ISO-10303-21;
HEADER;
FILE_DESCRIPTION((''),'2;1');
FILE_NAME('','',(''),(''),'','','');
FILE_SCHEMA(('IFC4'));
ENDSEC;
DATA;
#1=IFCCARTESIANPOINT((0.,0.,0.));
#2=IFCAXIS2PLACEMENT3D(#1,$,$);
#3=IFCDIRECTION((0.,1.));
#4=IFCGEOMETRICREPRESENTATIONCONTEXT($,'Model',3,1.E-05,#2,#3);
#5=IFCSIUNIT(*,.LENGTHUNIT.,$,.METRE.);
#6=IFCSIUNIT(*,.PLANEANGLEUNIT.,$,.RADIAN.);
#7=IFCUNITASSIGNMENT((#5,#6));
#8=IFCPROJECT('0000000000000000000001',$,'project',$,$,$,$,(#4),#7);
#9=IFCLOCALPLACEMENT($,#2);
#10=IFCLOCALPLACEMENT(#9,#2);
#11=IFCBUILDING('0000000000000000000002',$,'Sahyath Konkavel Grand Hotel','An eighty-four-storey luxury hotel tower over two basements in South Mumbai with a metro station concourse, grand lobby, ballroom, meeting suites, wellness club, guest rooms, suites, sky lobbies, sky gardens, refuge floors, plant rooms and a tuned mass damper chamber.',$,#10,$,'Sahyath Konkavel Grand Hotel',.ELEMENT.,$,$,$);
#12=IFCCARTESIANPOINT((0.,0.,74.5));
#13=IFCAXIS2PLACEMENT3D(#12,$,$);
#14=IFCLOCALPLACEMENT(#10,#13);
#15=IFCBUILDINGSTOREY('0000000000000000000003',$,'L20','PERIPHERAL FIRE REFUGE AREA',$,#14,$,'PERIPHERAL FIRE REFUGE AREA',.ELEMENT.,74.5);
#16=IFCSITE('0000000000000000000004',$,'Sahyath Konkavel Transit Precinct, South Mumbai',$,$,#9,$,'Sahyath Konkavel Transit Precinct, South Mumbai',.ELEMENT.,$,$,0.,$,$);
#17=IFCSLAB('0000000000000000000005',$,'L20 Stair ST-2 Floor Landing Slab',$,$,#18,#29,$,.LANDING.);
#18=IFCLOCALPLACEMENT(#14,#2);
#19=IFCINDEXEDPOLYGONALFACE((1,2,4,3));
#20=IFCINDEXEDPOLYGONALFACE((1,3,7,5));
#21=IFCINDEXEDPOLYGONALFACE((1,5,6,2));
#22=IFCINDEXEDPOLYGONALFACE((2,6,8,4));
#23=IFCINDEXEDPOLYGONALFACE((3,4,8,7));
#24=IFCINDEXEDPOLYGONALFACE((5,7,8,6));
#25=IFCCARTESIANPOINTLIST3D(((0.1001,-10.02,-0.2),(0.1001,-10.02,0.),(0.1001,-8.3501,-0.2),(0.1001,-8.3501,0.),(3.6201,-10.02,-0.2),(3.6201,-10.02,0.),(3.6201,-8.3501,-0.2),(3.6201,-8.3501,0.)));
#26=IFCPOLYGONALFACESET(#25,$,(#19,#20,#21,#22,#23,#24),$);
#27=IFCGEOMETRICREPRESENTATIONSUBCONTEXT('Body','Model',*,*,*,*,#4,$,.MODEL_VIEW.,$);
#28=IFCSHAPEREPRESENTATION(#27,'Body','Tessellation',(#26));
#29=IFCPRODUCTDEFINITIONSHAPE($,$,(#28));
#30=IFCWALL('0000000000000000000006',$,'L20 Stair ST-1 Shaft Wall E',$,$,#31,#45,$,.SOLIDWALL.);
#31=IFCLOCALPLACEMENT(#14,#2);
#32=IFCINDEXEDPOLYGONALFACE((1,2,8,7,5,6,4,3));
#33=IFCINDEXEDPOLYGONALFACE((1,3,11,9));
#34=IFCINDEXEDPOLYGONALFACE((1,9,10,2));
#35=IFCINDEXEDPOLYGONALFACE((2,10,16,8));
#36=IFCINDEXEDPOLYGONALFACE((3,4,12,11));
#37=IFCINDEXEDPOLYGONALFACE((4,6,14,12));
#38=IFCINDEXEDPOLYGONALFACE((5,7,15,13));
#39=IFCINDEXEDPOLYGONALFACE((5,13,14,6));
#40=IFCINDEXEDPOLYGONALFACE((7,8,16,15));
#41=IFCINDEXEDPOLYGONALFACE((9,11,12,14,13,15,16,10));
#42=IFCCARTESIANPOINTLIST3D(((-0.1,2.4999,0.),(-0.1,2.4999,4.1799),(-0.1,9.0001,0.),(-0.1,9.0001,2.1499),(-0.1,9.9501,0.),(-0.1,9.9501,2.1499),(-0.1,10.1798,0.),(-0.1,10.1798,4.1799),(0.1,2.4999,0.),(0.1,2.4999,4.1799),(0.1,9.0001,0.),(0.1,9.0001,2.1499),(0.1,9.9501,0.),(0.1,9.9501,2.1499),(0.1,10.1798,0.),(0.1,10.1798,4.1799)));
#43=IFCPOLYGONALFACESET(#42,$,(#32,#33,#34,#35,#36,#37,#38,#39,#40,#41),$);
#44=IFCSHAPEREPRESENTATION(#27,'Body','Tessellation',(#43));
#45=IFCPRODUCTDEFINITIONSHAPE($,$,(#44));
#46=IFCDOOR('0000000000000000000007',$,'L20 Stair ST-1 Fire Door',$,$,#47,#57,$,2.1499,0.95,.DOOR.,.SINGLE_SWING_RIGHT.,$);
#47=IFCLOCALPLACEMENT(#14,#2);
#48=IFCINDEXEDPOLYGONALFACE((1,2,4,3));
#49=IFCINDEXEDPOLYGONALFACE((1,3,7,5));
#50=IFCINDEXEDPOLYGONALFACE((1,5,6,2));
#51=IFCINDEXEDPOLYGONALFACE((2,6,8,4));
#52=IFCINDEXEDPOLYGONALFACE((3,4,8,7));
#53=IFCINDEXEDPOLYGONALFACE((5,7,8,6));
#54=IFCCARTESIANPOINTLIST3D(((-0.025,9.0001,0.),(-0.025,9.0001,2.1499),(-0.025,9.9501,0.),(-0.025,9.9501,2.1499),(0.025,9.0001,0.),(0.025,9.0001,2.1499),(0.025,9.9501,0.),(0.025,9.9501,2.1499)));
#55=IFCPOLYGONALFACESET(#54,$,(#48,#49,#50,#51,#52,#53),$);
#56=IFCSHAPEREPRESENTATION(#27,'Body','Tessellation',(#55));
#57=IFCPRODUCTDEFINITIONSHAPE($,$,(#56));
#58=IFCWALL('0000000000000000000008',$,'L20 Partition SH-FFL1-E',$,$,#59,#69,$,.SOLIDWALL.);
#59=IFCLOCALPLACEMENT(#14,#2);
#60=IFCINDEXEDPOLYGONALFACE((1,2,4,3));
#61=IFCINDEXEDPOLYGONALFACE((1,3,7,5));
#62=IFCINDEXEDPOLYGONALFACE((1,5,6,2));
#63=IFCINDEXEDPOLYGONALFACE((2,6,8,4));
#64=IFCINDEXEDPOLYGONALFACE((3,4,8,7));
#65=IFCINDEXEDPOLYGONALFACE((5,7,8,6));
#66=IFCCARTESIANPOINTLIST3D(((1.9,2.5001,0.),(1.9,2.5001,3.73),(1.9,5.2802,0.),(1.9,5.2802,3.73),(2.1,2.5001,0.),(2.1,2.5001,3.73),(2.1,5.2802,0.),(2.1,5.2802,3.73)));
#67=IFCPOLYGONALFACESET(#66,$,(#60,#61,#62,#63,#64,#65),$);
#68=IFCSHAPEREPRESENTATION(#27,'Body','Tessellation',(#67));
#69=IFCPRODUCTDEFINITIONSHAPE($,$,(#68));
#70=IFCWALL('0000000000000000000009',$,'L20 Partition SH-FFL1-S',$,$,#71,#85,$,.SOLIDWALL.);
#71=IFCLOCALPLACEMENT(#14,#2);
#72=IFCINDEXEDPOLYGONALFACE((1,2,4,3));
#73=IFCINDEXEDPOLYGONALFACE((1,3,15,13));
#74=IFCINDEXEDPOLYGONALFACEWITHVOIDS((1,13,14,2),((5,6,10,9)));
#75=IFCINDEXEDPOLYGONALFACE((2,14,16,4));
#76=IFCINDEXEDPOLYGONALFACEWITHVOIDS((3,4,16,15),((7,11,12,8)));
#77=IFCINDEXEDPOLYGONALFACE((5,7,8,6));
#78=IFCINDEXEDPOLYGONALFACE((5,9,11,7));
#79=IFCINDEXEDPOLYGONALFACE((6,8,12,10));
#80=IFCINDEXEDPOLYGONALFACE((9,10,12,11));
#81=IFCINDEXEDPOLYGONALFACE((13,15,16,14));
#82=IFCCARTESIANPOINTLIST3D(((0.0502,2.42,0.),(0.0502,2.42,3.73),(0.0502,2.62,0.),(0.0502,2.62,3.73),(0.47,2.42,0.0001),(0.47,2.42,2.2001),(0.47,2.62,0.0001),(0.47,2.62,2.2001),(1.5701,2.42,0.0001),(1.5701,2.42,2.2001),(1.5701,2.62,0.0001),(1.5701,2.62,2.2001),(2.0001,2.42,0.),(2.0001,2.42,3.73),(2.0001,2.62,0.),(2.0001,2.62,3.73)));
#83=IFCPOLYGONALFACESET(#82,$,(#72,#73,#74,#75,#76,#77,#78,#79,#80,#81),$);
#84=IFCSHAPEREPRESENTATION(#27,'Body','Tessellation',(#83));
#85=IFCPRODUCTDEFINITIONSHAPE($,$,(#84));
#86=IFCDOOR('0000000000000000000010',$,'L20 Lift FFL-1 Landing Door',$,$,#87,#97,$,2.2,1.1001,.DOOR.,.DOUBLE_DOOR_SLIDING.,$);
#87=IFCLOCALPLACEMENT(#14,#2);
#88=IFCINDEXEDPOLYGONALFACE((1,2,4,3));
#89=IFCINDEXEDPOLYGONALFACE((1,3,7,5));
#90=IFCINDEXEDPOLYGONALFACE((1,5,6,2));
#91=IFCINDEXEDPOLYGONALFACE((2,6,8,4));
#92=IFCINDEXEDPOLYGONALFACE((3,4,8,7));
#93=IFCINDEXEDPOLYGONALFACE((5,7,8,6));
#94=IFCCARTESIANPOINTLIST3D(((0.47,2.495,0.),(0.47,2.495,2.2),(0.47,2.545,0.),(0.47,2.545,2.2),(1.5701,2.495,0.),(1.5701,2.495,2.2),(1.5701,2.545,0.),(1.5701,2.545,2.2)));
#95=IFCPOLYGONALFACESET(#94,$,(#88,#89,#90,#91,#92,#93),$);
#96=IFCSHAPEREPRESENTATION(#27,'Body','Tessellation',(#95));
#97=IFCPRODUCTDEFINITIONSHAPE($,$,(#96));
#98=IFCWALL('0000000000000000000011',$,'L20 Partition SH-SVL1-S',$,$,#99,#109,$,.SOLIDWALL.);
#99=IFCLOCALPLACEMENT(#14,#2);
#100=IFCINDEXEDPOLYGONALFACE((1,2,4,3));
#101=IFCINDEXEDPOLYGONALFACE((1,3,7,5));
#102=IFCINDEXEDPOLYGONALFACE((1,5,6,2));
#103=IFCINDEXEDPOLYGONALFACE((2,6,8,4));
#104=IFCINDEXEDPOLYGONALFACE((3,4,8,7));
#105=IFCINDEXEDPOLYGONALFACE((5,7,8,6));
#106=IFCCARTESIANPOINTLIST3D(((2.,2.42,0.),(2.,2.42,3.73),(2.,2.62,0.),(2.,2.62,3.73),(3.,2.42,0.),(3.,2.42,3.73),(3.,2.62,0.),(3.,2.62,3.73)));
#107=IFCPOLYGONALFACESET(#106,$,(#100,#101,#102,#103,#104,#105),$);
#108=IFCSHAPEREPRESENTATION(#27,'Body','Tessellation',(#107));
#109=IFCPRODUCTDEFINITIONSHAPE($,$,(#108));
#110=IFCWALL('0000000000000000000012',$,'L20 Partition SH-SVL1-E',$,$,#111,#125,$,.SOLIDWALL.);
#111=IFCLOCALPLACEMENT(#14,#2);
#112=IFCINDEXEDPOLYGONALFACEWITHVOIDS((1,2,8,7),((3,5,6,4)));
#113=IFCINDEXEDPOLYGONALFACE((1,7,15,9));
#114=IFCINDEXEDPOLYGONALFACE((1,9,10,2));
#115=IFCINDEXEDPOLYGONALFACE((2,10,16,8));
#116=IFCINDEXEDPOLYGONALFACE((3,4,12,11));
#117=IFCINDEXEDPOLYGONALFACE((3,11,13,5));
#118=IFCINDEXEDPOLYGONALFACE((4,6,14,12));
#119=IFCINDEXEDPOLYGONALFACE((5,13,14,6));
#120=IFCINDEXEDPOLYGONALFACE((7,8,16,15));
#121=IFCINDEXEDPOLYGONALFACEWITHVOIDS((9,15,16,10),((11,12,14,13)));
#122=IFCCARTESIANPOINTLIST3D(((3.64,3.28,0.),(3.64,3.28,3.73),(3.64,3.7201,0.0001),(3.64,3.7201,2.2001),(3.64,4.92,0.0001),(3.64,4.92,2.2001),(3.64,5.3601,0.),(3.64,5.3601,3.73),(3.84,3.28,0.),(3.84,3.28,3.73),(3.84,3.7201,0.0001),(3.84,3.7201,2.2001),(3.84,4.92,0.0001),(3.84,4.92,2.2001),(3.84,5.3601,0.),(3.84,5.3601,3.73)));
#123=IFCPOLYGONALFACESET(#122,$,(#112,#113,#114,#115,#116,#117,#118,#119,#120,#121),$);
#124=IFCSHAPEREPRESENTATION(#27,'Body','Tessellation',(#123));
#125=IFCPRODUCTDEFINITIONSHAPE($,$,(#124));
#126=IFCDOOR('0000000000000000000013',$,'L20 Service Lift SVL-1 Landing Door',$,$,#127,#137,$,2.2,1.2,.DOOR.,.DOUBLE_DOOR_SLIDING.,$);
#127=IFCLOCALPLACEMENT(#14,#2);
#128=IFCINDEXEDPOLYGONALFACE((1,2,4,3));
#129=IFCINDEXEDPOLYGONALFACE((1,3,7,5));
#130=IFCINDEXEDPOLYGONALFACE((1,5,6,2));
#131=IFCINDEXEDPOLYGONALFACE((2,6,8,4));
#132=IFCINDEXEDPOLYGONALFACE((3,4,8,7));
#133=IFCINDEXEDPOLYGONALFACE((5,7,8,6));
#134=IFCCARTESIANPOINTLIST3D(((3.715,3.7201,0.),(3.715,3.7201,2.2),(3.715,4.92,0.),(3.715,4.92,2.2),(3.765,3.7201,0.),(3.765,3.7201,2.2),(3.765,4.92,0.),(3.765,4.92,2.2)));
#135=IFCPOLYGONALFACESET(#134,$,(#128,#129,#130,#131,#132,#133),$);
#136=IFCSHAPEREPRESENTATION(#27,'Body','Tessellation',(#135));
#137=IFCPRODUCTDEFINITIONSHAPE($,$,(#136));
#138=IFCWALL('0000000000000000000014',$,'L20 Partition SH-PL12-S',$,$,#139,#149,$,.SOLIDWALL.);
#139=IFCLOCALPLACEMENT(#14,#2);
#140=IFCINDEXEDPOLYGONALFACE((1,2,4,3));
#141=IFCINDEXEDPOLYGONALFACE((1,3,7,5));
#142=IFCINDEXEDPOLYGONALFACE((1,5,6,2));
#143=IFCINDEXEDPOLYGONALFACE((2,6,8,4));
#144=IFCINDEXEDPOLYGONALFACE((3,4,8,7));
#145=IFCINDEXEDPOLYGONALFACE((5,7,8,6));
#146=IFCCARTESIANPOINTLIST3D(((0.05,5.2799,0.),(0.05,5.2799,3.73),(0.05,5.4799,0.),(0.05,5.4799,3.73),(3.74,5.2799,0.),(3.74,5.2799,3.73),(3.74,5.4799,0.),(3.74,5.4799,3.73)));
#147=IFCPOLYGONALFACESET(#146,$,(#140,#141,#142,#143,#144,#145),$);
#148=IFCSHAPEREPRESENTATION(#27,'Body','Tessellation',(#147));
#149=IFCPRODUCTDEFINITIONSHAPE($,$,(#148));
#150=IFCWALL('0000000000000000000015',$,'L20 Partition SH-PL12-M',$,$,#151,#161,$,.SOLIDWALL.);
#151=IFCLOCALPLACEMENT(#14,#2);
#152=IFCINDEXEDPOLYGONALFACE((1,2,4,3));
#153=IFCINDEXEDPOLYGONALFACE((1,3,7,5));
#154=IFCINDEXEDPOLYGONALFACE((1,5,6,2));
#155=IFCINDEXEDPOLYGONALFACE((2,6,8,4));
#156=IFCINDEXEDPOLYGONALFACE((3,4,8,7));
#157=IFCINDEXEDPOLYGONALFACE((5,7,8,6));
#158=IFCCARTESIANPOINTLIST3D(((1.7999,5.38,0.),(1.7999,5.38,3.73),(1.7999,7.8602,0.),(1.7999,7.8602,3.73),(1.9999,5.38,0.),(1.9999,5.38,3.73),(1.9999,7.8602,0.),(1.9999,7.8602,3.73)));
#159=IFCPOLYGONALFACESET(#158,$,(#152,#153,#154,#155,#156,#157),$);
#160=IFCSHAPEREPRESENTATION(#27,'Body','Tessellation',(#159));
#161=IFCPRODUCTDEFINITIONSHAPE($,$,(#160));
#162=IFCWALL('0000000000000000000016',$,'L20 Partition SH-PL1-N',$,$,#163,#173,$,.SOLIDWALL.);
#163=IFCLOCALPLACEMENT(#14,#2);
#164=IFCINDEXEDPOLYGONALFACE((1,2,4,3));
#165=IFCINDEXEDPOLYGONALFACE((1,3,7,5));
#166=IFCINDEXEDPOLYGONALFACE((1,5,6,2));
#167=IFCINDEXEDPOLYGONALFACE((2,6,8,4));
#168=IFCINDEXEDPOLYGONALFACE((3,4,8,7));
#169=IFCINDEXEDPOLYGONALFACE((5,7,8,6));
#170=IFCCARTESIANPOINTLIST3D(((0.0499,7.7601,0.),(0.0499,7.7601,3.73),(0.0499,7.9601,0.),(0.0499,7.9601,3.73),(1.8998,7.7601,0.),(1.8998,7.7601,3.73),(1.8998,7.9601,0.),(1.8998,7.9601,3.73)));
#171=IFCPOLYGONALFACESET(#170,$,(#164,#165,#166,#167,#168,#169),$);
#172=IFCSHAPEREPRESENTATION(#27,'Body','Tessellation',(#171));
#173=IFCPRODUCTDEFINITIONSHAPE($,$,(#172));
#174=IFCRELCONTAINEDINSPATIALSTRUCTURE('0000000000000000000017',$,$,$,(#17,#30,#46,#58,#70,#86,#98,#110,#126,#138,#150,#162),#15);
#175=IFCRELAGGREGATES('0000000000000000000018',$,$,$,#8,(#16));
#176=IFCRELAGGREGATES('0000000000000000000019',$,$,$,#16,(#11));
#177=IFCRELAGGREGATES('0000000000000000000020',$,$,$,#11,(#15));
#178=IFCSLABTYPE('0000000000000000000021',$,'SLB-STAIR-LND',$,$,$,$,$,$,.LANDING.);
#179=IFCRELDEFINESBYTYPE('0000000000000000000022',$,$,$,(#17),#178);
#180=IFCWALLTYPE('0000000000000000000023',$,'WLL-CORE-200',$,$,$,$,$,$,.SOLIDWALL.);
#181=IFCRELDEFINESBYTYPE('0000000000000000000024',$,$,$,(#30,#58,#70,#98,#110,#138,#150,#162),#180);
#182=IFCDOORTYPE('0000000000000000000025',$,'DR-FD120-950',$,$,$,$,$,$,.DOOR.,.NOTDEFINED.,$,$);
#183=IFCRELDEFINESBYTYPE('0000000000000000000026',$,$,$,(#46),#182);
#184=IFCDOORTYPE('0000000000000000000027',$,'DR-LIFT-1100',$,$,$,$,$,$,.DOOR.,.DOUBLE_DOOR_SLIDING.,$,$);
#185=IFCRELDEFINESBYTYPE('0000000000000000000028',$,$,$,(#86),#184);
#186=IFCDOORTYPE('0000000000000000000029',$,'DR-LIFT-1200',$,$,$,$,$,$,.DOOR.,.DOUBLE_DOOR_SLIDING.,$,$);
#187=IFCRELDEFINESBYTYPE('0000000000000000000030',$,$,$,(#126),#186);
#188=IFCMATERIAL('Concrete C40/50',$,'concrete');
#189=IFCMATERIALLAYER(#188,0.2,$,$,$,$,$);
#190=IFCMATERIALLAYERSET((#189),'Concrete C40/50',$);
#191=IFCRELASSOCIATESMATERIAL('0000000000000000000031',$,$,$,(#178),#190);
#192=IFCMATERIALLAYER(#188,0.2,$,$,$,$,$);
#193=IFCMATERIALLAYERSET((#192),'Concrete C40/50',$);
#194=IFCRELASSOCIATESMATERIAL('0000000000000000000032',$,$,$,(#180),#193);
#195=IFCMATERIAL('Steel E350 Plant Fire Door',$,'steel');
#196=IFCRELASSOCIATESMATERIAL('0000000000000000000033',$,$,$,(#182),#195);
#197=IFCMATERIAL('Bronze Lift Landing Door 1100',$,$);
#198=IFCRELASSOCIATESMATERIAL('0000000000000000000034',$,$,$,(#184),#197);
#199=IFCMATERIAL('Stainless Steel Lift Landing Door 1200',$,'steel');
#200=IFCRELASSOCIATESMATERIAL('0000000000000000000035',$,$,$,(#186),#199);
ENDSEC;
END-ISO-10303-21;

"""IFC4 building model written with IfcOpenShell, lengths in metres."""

from ifc_helpers import new_model, si_unit, direction, frame, frame_2d, origin, origin_2d, place, context, subcontext, project, spatial, polyline, rectangle, outline, extrude, source, transform, mapped, material, layer, layer_set, type_object, element, fill, save


model = new_model("IFC4")

# Units and contexts
model_context = context("Model", 3, precision=1e-05, world=origin(), true_north=direction((0.0, 1.0)))
body_context = subcontext(model_context, "Body", "Model", "MODEL_VIEW")
ifc_project = project(units=[si_unit("LENGTHUNIT", "METRE"), si_unit("PLANEANGLEUNIT", "RADIAN")], contexts=[model_context])

# Site, building, storey
site_placement = place(None, origin())
site = spatial("IfcSite", under=ifc_project, at=site_placement, Name="Sahyath Konkavel Transit Precinct, South Mumbai", LongName="Sahyath Konkavel Transit Precinct, South Mumbai", CompositionType="ELEMENT", RefElevation=0.0)
building_placement = place(site_placement, origin())
building = spatial("IfcBuilding", under=site, at=building_placement, Name="Sahyath Konkavel Grand Hotel", Description="An eighty-four-storey luxury hotel tower over two basements in South Mumbai with a metro station concourse, grand lobby, ballroom, meeting suites, wellness club, guest rooms, suites, sky lobbies, sky gardens, refuge floors, plant rooms and a tuned mass damper chamber.", LongName="Sahyath Konkavel Grand Hotel", CompositionType="ELEMENT")
storey_placement = place(building_placement, frame((0.0, 0.0, 74.5)))
storey = spatial("IfcBuildingStorey", under=building, at=storey_placement, Name="L20", Description="PERIPHERAL FIRE REFUGE AREA", LongName="PERIPHERAL FIRE REFUGE AREA", CompositionType="ELEMENT", Elevation=74.5)

# Shared definitions
ifc_material_1 = material(Name="Concrete C40/50", Category="concrete")
ifc_layer_1 = layer(ifc_material_1, 0.2)
ifc_layer_set_1 = layer_set([ifc_layer_1], Name="Concrete C40/50")
slab_type = type_object("IfcSlabType", Name="SLB-STAIR-LND", PredefinedType="LANDING", material=ifc_layer_set_1)

# Slab
slab_1_placement = place(storey_placement, frame((0.0, 0.0, -0.2)))
element("IfcSlab", 1, at=slab_1_placement, inside=storey, type_object=slab_type, Name="L20 Stair ST-2 Floor Landing Slab", PredefinedType="LANDING", context=body_context, shape_type="SweptSolid", body=[
    extrude(outline(polyline([(0.1001, -10.02), (3.6201, -10.02), (3.6201, -8.3501), (0.1001, -8.3501), (0.1001, -10.02)])), origin(), (0.0, 0.0, 1.0), 0.2),
])

# Wall, opening, door
ifc_layer_2 = layer(ifc_material_1, 0.2)
ifc_layer_set_2 = layer_set([ifc_layer_2], Name="Concrete C40/50")
wall_type = type_object("IfcWallType", Name="WLL-CORE-200", PredefinedType="SOLIDWALL", material=ifc_layer_set_2)
wall_1_placement = place(storey_placement, frame((0.0, 2.5, 0.0), z_axis=(0.0, 0.0, 1.0), x_axis=(0.0, 1.0, 0.0)))
wall_1 = element("IfcWall", 2, at=wall_1_placement, inside=storey, type_object=wall_type, Name="L20 Stair ST-1 Shaft Wall E", PredefinedType="SOLIDWALL", context=body_context, shape_type="SweptSolid", body=[
    extrude(rectangle(XDim=7.6799, YDim=0.2, at=frame_2d((3.8398, 0.0))), origin(), (0.0, 0.0, 1.0), 4.1799),
])
opening_1_placement = place(wall_1_placement, frame((6.5, 0.0, 0.0)))
opening_1 = element("IfcOpeningElement", 3, at=opening_1_placement, cuts=wall_1, PredefinedType="OPENING", context=body_context, shape_type="SweptSolid", body=[
    extrude(rectangle(XDim=0.95, YDim=2.1499, at=frame_2d((0.4751, 1.075))), frame((0.0, 0.1099, 0.0), z_axis=(0.0, -1.0, 0.0), x_axis=(1.0, 0.0, 0.0)), (0.0, 0.0, 1.0), 0.22),
])
ifc_material_2 = material(Name="Steel E350 Plant Fire Door", Category="steel")
door_type_1 = type_object("IfcDoorType", Name="DR-FD120-950", OperationType="NOTDEFINED", PredefinedType="DOOR", material=ifc_material_2)
shared_shape_1 = source(origin(), body_context, "Body", "SweptSolid", [
    extrude(rectangle(XDim=0.95, YDim=0.05, at=origin_2d()), origin(), (0.0, 0.0, 1.0), 2.1499),
])
door_1_placement = place(opening_1_placement, frame((0.4751, 0.0, 0.0)))
door_1 = element("IfcDoor", 4, at=door_1_placement, inside=storey, type_object=door_type_1, Name="L20 Stair ST-1 Fire Door", OperationType="SINGLE_SWING_RIGHT", OverallHeight=2.1499, OverallWidth=0.95, PredefinedType="DOOR", context=body_context, shape_type="MappedRepresentation", body=[
    mapped(shared_shape_1, transform((0.0, 0.0, 0.0), scale=1.0)),
])
fill(opening_1, door_1)

# Wall
wall_2_placement = place(storey_placement, frame((2.0, 2.5, 0.0), z_axis=(0.0, 0.0, 1.0), x_axis=(0.0, 1.0, 0.0)))
element("IfcWall", 5, at=wall_2_placement, inside=storey, type_object=wall_type, Name="L20 Partition SH-FFL1-E", PredefinedType="SOLIDWALL", context=body_context, shape_type="SweptSolid", body=[
    extrude(rectangle(XDim=2.78, YDim=0.2, at=frame_2d((1.3901, 0.0))), origin(), (0.0, 0.0, 1.0), 3.73),
])

# Wall, opening, door
wall_3_placement = place(storey_placement, frame((0.05, 2.52, 0.0), z_axis=(0.0, 0.0, 1.0), x_axis=(1.0, 0.0, 0.0)))
wall_3 = element("IfcWall", 6, at=wall_3_placement, inside=storey, type_object=wall_type, Name="L20 Partition SH-FFL1-S", PredefinedType="SOLIDWALL", context=body_context, shape_type="SweptSolid", body=[
    extrude(rectangle(XDim=1.95, YDim=0.2, at=frame_2d((0.9751, 0.0))), origin(), (0.0, 0.0, 1.0), 3.73),
])
opening_2_placement = place(wall_3_placement, frame((0.4199, 0.0, 0.0)))
opening_2 = element("IfcOpeningElement", 7, at=opening_2_placement, cuts=wall_3, PredefinedType="OPENING", context=body_context, shape_type="SweptSolid", body=[
    extrude(rectangle(XDim=1.1001, YDim=2.2, at=frame_2d((0.55, 1.1001))), frame((0.0, 0.1099, 0.0), z_axis=(0.0, -1.0, 0.0), x_axis=(1.0, 0.0, 0.0)), (0.0, 0.0, 1.0), 0.22),
])
ifc_material_3 = material(Name="Bronze Lift Landing Door 1100")
door_type_2 = type_object("IfcDoorType", Name="DR-LIFT-1100", OperationType="DOUBLE_DOOR_SLIDING", PredefinedType="DOOR", material=ifc_material_3)
shared_shape_2 = source(origin(), body_context, "Body", "SweptSolid", [
    extrude(rectangle(XDim=1.1001, YDim=0.05, at=origin_2d()), origin(), (0.0, 0.0, 1.0), 2.2),
])
door_2_placement = place(opening_2_placement, frame((0.55, 0.0, 0.0)))
door_2 = element("IfcDoor", 8, at=door_2_placement, inside=storey, type_object=door_type_2, Name="L20 Lift FFL-1 Landing Door", OperationType="DOUBLE_DOOR_SLIDING", OverallHeight=2.2, OverallWidth=1.1001, PredefinedType="DOOR", context=body_context, shape_type="MappedRepresentation", body=[
    mapped(shared_shape_2, transform((0.0, 0.0, 0.0), scale=1.0)),
])
fill(opening_2, door_2)

# Wall
wall_4_placement = place(storey_placement, frame((2.0, 2.52, 0.0), z_axis=(0.0, 0.0, 1.0), x_axis=(1.0, 0.0, 0.0)))
element("IfcWall", 9, at=wall_4_placement, inside=storey, type_object=wall_type, Name="L20 Partition SH-SVL1-S", PredefinedType="SOLIDWALL", context=body_context, shape_type="SweptSolid", body=[
    extrude(rectangle(XDim=1.0, YDim=0.2, at=frame_2d((0.5, 0.0))), origin(), (0.0, 0.0, 1.0), 3.73),
])

# Wall, opening, door
wall_5_placement = place(storey_placement, frame((3.74, 3.28, 0.0), z_axis=(0.0, 0.0, 1.0), x_axis=(0.0, 1.0, 0.0)))
wall_5 = element("IfcWall", 10, at=wall_5_placement, inside=storey, type_object=wall_type, Name="L20 Partition SH-SVL1-E", PredefinedType="SOLIDWALL", context=body_context, shape_type="SweptSolid", body=[
    extrude(rectangle(XDim=2.0801, YDim=0.2, at=frame_2d((1.04, 0.0))), origin(), (0.0, 0.0, 1.0), 3.73),
])
opening_3_placement = place(wall_5_placement, frame((0.4399, 0.0, 0.0)))
opening_3 = element("IfcOpeningElement", 11, at=opening_3_placement, cuts=wall_5, PredefinedType="OPENING", context=body_context, shape_type="SweptSolid", body=[
    extrude(rectangle(XDim=1.2, YDim=2.2, at=frame_2d((0.6001, 1.1001))), frame((0.0, 0.1099, 0.0), z_axis=(0.0, -1.0, 0.0), x_axis=(1.0, 0.0, 0.0)), (0.0, 0.0, 1.0), 0.22),
])
ifc_material_4 = material(Name="Stainless Steel Lift Landing Door 1200", Category="steel")
door_type_3 = type_object("IfcDoorType", Name="DR-LIFT-1200", OperationType="DOUBLE_DOOR_SLIDING", PredefinedType="DOOR", material=ifc_material_4)
shared_shape_3 = source(origin(), body_context, "Body", "SweptSolid", [
    extrude(rectangle(XDim=1.2, YDim=0.05, at=origin_2d()), origin(), (0.0, 0.0, 1.0), 2.2),
])
door_3_placement = place(opening_3_placement, frame((0.6001, 0.0, 0.0)))
door_3 = element("IfcDoor", 12, at=door_3_placement, inside=storey, type_object=door_type_3, Name="L20 Service Lift SVL-1 Landing Door", OperationType="DOUBLE_DOOR_SLIDING", OverallHeight=2.2, OverallWidth=1.2, PredefinedType="DOOR", context=body_context, shape_type="MappedRepresentation", body=[
    mapped(shared_shape_3, transform((0.0, 0.0, 0.0), scale=1.0)),
])
fill(opening_3, door_3)

# Walls
wall_6_placement = place(storey_placement, frame((0.05, 5.3799, 0.0), z_axis=(0.0, 0.0, 1.0), x_axis=(1.0, 0.0, 0.0)))
element("IfcWall", 13, at=wall_6_placement, inside=storey, type_object=wall_type, Name="L20 Partition SH-PL12-S", PredefinedType="SOLIDWALL", context=body_context, shape_type="SweptSolid", body=[
    extrude(rectangle(XDim=3.6899, YDim=0.2, at=frame_2d((1.845, 0.0))), origin(), (0.0, 0.0, 1.0), 3.73),
])
wall_7_placement = place(storey_placement, frame((1.8999, 5.3799, 0.0), z_axis=(0.0, 0.0, 1.0), x_axis=(0.0, 1.0, 0.0)))
element("IfcWall", 14, at=wall_7_placement, inside=storey, type_object=wall_type, Name="L20 Partition SH-PL12-M", PredefinedType="SOLIDWALL", context=body_context, shape_type="SweptSolid", body=[
    extrude(rectangle(XDim=2.4802, YDim=0.2, at=frame_2d((1.2402, 0.0))), origin(), (0.0, 0.0, 1.0), 3.73),
])
wall_8_placement = place(storey_placement, frame((0.05, 7.8601, 0.0), z_axis=(0.0, 0.0, 1.0), x_axis=(1.0, 0.0, 0.0)))
element("IfcWall", 15, at=wall_8_placement, inside=storey, type_object=wall_type, Name="L20 Partition SH-PL1-N", PredefinedType="SOLIDWALL", context=body_context, shape_type="SweptSolid", body=[
    extrude(rectangle(XDim=1.8499, YDim=0.2, at=frame_2d((0.9248, 0.0))), origin(), (0.0, 0.0, 1.0), 3.73),
])

save(model, "model.ifc")
